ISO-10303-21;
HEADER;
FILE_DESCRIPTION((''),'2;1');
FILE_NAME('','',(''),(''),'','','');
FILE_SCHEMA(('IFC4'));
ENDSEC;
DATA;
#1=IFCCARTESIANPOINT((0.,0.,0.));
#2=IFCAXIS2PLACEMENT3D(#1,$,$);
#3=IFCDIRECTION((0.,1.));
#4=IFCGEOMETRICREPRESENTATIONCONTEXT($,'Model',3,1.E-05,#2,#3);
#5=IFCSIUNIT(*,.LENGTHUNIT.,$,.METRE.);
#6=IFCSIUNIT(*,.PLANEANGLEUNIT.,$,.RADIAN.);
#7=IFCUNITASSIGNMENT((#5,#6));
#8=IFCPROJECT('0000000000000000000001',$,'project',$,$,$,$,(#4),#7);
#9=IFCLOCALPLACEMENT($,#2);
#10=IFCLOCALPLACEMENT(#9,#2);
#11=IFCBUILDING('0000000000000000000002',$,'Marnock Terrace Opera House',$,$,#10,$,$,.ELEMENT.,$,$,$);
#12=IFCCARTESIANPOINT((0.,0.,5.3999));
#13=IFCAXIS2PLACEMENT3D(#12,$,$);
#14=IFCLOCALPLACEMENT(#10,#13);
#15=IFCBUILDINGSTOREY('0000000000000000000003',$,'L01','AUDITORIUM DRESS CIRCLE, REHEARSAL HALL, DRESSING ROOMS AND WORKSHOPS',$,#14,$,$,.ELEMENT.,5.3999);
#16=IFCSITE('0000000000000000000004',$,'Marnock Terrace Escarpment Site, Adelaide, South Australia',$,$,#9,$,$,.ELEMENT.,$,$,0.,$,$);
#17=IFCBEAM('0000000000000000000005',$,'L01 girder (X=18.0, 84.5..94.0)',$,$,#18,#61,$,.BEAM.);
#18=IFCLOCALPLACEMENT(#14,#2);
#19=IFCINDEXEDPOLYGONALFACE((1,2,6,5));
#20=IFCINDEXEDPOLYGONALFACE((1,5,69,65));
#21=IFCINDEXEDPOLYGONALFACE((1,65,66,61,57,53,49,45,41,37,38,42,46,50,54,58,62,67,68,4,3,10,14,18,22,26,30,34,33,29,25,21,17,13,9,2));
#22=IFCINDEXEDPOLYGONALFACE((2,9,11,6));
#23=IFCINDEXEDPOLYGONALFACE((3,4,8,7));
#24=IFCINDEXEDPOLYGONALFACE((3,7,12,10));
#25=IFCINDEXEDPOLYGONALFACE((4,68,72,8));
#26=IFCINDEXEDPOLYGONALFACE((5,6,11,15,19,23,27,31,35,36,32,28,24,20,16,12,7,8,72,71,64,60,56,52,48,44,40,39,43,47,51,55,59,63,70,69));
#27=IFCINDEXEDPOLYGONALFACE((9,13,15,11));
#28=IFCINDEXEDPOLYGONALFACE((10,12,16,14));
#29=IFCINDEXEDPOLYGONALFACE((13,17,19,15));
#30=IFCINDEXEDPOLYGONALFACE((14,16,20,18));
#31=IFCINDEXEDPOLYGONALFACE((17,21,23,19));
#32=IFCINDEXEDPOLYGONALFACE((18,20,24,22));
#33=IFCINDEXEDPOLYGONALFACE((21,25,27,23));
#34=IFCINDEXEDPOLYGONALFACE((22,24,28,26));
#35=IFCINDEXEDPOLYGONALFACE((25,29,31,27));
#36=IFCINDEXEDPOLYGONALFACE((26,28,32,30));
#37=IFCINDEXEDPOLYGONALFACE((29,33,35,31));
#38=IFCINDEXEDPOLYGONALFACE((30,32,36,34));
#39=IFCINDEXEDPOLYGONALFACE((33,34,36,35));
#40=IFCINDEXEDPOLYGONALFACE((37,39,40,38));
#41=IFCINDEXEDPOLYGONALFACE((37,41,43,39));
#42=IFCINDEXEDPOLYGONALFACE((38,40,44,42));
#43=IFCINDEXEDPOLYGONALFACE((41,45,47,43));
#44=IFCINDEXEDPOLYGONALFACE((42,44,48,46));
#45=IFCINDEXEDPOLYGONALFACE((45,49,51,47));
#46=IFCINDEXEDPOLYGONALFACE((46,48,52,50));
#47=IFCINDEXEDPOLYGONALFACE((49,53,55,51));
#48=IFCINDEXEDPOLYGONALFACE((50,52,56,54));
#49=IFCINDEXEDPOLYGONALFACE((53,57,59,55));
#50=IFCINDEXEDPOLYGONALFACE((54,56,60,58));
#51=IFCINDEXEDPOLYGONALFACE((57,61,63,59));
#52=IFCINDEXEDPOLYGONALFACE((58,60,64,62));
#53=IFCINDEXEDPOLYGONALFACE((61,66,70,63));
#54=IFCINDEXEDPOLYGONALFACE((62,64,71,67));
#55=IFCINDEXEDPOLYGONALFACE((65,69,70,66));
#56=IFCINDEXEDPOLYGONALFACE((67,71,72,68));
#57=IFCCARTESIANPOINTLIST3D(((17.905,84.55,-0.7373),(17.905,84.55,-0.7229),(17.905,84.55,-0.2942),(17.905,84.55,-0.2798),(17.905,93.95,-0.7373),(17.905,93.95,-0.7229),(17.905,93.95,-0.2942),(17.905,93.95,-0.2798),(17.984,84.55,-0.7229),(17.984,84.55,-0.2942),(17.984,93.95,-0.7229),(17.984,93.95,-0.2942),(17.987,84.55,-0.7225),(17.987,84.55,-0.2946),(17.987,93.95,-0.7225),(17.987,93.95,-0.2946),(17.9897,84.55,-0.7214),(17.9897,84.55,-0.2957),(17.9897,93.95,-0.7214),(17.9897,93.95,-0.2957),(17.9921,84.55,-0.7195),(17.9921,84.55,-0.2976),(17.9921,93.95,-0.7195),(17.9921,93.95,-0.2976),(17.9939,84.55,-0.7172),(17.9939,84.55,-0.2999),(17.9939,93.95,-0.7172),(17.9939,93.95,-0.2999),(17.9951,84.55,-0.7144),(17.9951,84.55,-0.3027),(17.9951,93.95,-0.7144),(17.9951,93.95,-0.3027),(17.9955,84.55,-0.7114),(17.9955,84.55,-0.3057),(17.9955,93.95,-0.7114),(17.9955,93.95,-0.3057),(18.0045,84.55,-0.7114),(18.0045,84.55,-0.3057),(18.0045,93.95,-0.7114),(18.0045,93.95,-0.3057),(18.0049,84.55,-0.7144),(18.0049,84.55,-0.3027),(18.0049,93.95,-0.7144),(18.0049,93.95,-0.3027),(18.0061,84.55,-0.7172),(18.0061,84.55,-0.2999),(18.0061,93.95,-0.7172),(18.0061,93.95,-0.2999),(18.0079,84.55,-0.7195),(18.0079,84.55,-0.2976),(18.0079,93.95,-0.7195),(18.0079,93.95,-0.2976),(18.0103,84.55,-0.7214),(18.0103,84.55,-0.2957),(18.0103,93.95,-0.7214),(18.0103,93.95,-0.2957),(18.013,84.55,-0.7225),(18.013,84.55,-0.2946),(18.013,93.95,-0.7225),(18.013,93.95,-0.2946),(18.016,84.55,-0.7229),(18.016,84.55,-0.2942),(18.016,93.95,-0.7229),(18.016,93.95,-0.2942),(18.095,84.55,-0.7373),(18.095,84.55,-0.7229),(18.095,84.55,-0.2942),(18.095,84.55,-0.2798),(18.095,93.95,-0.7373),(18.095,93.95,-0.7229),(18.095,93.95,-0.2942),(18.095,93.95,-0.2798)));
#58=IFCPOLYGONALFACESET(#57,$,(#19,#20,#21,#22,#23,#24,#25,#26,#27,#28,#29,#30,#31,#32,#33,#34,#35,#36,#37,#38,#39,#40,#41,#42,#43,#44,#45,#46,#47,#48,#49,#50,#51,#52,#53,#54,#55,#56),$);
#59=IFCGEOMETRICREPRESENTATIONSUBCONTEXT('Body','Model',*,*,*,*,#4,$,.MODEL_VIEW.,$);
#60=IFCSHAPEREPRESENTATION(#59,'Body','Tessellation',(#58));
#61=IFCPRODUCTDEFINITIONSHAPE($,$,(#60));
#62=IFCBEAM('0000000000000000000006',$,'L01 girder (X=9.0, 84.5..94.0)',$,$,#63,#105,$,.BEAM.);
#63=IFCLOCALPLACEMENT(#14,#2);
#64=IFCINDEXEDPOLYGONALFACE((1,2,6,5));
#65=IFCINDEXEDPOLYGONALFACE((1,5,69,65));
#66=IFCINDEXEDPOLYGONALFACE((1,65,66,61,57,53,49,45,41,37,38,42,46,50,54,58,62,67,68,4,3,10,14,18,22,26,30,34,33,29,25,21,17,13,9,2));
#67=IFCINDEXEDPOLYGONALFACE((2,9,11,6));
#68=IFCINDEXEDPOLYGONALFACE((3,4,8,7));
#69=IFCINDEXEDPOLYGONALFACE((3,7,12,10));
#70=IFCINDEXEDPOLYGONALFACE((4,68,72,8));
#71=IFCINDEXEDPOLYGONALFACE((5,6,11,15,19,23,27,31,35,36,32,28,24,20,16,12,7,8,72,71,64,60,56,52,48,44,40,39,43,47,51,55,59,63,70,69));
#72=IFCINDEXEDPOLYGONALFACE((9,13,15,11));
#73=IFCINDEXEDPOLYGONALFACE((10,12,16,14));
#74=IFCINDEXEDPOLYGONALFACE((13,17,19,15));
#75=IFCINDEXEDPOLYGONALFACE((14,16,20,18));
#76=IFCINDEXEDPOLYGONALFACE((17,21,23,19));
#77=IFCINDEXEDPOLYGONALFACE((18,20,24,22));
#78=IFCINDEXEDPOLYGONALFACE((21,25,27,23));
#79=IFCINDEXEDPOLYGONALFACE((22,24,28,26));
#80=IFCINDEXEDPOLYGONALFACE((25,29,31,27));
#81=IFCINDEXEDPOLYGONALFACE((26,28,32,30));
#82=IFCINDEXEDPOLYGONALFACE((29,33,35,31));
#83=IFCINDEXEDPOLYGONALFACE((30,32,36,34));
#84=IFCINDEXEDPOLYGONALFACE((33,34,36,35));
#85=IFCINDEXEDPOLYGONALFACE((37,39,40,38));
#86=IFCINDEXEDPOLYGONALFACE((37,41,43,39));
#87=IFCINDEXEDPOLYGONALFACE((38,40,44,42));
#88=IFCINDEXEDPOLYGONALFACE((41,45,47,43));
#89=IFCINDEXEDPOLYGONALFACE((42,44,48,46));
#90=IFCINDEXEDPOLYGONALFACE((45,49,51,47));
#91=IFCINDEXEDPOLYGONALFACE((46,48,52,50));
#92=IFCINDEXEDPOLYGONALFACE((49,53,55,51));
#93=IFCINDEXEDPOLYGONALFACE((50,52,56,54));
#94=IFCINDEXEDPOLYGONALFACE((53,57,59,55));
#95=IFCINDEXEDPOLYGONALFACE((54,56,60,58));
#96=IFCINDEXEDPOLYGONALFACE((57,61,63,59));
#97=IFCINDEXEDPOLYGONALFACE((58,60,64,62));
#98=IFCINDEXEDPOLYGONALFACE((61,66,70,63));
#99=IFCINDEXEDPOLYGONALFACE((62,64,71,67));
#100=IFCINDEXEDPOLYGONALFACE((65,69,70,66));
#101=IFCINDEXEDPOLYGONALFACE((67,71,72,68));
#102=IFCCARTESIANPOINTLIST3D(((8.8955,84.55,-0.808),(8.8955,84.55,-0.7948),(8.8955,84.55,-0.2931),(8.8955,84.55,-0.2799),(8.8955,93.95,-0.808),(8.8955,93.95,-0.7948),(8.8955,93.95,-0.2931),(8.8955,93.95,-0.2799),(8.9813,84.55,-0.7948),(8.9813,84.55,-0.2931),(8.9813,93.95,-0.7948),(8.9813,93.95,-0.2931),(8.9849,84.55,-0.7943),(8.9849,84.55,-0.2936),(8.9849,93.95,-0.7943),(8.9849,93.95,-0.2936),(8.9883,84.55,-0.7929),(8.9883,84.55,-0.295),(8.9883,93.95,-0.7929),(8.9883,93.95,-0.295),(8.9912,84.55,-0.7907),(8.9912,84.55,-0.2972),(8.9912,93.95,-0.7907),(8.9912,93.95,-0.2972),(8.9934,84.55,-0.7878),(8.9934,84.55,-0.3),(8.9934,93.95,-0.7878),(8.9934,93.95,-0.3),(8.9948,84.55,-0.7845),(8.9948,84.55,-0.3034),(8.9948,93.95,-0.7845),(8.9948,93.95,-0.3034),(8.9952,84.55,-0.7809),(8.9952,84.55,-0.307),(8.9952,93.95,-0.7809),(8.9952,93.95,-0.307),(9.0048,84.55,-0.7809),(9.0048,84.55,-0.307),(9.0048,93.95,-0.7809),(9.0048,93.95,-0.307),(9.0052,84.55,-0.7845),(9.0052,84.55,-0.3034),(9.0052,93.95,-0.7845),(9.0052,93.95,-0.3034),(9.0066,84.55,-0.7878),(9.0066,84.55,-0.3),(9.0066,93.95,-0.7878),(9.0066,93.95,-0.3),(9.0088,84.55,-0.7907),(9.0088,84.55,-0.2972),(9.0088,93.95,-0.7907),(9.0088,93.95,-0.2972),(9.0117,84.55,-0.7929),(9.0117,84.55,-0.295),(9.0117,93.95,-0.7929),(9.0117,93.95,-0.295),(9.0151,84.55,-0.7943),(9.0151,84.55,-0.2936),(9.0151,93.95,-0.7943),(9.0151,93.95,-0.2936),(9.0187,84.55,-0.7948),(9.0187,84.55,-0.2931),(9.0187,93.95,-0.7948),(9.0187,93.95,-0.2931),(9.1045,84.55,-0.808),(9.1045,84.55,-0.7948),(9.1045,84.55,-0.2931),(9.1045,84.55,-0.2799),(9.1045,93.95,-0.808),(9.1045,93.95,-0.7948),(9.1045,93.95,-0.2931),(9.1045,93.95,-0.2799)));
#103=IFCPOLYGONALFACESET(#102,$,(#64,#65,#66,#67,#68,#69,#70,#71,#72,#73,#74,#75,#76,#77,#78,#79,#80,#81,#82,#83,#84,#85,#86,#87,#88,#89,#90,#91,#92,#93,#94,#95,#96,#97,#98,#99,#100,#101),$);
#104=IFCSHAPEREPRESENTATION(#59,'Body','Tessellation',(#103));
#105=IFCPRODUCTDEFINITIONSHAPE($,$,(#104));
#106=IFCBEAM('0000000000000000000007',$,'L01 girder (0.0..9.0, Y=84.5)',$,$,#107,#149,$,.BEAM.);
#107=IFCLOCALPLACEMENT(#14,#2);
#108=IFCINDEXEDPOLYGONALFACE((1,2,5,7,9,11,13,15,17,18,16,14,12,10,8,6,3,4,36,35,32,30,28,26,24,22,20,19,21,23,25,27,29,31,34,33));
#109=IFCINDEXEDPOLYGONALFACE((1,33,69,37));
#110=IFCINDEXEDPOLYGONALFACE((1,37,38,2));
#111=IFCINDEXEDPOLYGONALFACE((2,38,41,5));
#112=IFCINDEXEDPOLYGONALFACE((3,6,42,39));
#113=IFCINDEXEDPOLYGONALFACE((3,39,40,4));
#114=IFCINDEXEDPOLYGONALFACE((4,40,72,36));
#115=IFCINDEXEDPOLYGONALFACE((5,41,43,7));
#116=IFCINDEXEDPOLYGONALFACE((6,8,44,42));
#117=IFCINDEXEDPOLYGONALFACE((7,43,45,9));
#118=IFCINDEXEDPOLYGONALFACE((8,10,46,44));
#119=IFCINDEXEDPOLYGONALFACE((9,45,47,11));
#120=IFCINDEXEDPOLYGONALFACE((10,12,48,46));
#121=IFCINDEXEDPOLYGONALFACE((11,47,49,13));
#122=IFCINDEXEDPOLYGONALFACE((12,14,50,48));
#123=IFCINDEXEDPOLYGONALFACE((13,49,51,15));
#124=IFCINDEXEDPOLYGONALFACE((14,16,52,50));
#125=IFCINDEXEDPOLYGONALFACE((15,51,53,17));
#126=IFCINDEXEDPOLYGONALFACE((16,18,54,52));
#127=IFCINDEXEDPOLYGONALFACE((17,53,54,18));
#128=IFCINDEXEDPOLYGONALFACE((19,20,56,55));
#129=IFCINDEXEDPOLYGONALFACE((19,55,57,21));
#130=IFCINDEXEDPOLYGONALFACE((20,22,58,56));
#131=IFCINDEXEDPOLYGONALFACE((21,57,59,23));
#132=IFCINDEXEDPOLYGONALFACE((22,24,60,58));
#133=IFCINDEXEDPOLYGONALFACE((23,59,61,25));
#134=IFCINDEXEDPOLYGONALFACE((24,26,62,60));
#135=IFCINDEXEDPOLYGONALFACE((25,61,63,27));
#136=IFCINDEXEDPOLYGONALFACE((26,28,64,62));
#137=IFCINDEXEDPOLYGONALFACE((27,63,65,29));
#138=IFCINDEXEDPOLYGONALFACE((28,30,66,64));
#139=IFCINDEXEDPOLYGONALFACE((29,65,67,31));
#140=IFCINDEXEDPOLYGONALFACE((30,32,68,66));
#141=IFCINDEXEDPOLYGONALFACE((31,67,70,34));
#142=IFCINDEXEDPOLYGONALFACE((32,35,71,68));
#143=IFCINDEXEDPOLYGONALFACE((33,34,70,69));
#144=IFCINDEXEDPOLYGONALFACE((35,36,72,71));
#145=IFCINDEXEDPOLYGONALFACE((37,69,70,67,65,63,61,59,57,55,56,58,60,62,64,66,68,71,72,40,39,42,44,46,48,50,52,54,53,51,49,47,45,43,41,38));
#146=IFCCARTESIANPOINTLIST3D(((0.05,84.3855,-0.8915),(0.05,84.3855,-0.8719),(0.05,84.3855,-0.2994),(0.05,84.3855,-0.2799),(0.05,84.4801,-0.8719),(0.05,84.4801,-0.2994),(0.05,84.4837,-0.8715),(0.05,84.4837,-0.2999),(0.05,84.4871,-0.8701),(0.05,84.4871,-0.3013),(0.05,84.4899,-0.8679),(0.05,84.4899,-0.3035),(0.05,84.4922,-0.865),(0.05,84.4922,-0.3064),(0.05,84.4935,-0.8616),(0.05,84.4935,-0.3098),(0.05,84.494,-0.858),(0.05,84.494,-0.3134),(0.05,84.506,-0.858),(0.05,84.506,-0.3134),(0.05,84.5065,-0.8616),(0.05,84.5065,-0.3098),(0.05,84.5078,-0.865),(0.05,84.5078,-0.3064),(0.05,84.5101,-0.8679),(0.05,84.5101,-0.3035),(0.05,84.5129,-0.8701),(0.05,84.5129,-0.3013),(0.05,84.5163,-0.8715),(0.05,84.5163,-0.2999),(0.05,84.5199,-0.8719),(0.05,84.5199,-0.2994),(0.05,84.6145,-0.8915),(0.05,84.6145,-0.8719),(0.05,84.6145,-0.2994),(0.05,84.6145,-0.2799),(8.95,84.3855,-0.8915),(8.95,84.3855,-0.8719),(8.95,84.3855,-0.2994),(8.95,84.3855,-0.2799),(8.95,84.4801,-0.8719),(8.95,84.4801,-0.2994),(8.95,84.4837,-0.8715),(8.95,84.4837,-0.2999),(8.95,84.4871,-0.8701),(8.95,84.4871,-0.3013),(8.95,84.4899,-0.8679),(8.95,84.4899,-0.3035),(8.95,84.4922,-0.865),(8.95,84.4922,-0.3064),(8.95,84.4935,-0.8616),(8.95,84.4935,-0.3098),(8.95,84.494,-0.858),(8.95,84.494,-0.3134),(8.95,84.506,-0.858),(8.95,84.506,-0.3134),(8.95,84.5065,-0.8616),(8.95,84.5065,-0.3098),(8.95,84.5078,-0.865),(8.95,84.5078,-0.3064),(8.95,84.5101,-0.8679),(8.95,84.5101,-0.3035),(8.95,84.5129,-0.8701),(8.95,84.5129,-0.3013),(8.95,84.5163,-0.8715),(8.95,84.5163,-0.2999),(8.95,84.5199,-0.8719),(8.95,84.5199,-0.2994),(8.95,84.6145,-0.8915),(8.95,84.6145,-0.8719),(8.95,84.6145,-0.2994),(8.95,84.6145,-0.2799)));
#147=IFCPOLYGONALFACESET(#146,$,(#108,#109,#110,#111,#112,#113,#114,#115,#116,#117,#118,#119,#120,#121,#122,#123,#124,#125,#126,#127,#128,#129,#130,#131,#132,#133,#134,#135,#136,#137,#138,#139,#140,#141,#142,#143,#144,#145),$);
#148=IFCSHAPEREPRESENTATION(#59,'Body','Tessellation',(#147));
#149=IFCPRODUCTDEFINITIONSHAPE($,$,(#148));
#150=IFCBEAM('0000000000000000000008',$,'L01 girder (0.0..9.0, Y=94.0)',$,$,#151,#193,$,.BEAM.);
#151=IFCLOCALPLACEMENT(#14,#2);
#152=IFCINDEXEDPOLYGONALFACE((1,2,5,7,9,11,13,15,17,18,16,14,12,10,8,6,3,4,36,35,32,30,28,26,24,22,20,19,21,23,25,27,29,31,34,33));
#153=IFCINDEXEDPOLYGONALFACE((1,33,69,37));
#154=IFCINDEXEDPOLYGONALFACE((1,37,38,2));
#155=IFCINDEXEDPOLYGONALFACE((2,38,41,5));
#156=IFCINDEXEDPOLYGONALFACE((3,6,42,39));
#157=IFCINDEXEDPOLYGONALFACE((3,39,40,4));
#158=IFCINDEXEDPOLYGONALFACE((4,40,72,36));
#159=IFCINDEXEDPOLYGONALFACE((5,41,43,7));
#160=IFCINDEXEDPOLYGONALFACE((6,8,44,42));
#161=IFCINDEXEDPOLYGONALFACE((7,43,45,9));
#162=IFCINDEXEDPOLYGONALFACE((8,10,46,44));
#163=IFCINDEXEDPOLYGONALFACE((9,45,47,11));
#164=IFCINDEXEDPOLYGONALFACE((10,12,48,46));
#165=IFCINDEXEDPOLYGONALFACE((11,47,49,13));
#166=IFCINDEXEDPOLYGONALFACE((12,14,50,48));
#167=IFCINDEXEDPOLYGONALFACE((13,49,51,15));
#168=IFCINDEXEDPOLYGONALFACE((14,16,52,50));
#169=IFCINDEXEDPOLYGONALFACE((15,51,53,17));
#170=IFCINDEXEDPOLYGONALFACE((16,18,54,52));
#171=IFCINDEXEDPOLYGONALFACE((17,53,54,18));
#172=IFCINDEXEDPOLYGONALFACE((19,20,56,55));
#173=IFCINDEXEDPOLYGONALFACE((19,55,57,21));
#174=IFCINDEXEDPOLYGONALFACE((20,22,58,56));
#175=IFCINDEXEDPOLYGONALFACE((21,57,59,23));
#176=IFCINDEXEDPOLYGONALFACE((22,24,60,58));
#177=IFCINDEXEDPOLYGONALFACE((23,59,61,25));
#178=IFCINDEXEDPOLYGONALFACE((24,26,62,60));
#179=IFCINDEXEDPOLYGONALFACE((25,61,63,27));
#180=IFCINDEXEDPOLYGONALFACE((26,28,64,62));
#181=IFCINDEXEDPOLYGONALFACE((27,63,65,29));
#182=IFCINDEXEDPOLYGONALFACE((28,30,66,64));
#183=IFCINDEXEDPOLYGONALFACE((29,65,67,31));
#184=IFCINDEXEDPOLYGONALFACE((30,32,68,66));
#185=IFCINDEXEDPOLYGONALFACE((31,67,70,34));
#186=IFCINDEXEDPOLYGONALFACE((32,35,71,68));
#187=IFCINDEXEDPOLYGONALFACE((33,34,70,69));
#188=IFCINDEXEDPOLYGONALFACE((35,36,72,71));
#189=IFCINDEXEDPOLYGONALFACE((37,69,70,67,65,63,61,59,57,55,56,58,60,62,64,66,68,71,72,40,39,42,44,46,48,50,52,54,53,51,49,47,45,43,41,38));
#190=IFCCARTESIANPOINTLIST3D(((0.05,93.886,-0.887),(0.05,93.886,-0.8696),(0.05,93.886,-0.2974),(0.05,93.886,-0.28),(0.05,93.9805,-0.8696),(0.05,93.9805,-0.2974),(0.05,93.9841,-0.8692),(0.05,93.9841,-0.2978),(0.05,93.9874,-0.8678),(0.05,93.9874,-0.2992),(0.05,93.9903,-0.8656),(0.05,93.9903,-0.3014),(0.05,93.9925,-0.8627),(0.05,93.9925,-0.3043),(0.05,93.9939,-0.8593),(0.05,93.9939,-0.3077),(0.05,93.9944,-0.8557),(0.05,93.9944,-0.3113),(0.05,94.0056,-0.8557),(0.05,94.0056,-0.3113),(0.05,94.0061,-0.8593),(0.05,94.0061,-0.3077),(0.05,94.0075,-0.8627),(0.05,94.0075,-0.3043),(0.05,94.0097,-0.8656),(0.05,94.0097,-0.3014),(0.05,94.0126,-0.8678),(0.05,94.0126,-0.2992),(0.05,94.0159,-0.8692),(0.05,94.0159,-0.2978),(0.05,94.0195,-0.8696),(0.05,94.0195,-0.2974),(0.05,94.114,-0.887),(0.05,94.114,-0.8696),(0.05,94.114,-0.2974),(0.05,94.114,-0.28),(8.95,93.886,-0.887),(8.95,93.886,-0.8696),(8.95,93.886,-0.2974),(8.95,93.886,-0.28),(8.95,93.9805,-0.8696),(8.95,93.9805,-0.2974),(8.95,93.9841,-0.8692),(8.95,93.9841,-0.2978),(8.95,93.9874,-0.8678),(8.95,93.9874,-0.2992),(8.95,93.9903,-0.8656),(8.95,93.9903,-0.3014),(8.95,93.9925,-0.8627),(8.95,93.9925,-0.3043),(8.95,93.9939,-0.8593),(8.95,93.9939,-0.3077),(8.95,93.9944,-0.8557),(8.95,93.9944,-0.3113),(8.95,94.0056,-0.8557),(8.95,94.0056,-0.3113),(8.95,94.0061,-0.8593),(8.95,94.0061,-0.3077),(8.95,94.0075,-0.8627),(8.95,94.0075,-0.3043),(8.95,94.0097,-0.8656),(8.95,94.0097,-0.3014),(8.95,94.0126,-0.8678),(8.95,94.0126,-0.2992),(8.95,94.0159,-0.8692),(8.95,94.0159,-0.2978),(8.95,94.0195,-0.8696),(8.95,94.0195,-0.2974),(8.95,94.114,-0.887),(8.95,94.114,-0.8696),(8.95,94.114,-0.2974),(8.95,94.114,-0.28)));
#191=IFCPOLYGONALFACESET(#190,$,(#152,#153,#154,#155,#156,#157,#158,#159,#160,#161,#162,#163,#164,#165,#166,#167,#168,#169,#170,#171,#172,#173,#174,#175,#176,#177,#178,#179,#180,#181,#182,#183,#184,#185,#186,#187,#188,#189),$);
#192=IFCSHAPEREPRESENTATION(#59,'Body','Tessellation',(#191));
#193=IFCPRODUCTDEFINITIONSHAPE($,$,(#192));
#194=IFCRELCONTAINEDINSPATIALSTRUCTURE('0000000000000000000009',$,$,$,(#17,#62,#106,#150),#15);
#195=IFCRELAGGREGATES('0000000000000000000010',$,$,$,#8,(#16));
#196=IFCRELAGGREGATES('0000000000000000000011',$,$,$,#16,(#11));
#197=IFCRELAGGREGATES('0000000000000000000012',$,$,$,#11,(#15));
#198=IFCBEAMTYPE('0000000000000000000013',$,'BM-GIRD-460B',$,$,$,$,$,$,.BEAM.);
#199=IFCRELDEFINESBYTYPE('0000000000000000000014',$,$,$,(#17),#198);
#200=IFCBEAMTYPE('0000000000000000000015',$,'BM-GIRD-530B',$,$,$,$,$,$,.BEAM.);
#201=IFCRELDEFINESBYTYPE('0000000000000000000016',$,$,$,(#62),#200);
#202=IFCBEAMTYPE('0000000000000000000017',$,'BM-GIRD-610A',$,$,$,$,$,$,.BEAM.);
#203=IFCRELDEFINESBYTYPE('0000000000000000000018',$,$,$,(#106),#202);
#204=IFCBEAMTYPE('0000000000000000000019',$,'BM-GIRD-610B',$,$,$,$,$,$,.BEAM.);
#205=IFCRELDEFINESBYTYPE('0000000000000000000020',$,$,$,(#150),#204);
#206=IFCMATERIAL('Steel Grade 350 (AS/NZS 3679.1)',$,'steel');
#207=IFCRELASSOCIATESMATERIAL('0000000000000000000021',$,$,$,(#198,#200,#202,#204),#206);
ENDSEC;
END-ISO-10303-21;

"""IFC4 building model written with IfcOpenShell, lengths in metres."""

from ifc_helpers import new_model, si_unit, direction, frame, origin, origin_2d, place, context, subcontext, project, spatial, i_section, extrude, material, material_profile, profile_set, type_object, element, save


model = new_model("IFC4")

# Units and contexts
model_context = context("Model", 3, precision=1e-05, world=origin(), true_north=direction((0.0, 1.0)))
body_context = subcontext(model_context, "Body", "Model", "MODEL_VIEW")
ifc_project = project(units=[si_unit("LENGTHUNIT", "METRE"), si_unit("PLANEANGLEUNIT", "RADIAN")], contexts=[model_context])

# Site, building, storey
site_placement = place(None, origin())
site = spatial("IfcSite", under=ifc_project, at=site_placement, Name="Marnock Terrace Escarpment Site, Adelaide, South Australia", CompositionType="ELEMENT", RefElevation=0.0)
building_placement = place(site_placement, origin())
building = spatial("IfcBuilding", under=site, at=building_placement, Name="Marnock Terrace Opera House", CompositionType="ELEMENT")
storey_placement = place(building_placement, frame((0.0, 0.0, 5.3999)))
storey = spatial("IfcBuildingStorey", under=building, at=storey_placement, Name="L01", Description="AUDITORIUM DRESS CIRCLE, REHEARSAL HALL, DRESSING ROOMS AND WORKSHOPS", CompositionType="ELEMENT", Elevation=5.3999)

# Shared definitions
ifc_material_1 = material(Name="Steel Grade 350 (AS/NZS 3679.1)", Category="steel")

# Beams
ifc_material_profile_1 = material_profile(ifc_material_1, i_section(OverallWidth=0.1899, OverallDepth=0.4575, WebThickness=0.009, FlangeThickness=0.0144, FilletRadius=0.0115, at=origin_2d()))
ifc_profile_set_1 = profile_set([ifc_material_profile_1], Name="Steel Grade 350 (AS/NZS 3679.1)")
beam_type_1 = type_object("IfcBeamType", Name="BM-GIRD-460B", PredefinedType="BEAM", material=ifc_profile_set_1)
beam_1_placement = place(storey_placement, frame((18.0, 84.55, -0.5085), z_axis=(0.0, 1.0, 0.0), x_axis=(-1.0, 0.0, 0.0)))
element("IfcBeam", 1, at=beam_1_placement, inside=storey, type_object=beam_type_1, Name="L01 girder (X=18.0, 84.5..94.0)", PredefinedType="BEAM", context=body_context, shape_type="SweptSolid", body=[
    extrude(i_section(OverallWidth=0.1899, OverallDepth=0.4575, WebThickness=0.009, FlangeThickness=0.0144, FilletRadius=0.0115, at=origin_2d()), origin(), (0.0, 0.0, 1.0), 9.3999),
])
ifc_material_profile_2 = material_profile(ifc_material_1, i_section(OverallWidth=0.209, OverallDepth=0.5281, WebThickness=0.0095, FlangeThickness=0.0132, FilletRadius=0.0139, at=origin_2d()))
ifc_profile_set_2 = profile_set([ifc_material_profile_2], Name="Steel Grade 350 (AS/NZS 3679.1)")
beam_type_2 = type_object("IfcBeamType", Name="BM-GIRD-530B", PredefinedType="BEAM", material=ifc_profile_set_2)
beam_2_placement = place(storey_placement, frame((9.0, 84.55, -0.5439), z_axis=(0.0, 1.0, 0.0), x_axis=(-1.0, 0.0, 0.0)))
element("IfcBeam", 2, at=beam_2_placement, inside=storey, type_object=beam_type_2, Name="L01 girder (X=9.0, 84.5..94.0)", PredefinedType="BEAM", context=body_context, shape_type="SweptSolid", body=[
    extrude(i_section(OverallWidth=0.209, OverallDepth=0.5281, WebThickness=0.0095, FlangeThickness=0.0132, FilletRadius=0.0139, at=origin_2d()), origin(), (0.0, 0.0, 1.0), 9.3999),
])
ifc_material_profile_3 = material_profile(ifc_material_1, i_section(OverallWidth=0.229, OverallDepth=0.6116, WebThickness=0.012, FlangeThickness=0.0195, FilletRadius=0.0139, at=origin_2d()))
ifc_profile_set_3 = profile_set([ifc_material_profile_3], Name="Steel Grade 350 (AS/NZS 3679.1)")
beam_type_3 = type_object("IfcBeamType", Name="BM-GIRD-610A", PredefinedType="BEAM", material=ifc_profile_set_3)
beam_3_placement = place(storey_placement, frame((0.05, 84.5, -0.5857), z_axis=(1.0, 0.0, 0.0), x_axis=(0.0, 1.0, 0.0)))
element("IfcBeam", 3, at=beam_3_placement, inside=storey, type_object=beam_type_3, Name="L01 girder (0.0..9.0, Y=84.5)", PredefinedType="BEAM", context=body_context, shape_type="SweptSolid", body=[
    extrude(i_section(OverallWidth=0.229, OverallDepth=0.6116, WebThickness=0.012, FlangeThickness=0.0195, FilletRadius=0.0139, at=origin_2d()), origin(), (0.0, 0.0, 1.0), 8.8999),
])
ifc_material_profile_4 = material_profile(ifc_material_1, i_section(OverallWidth=0.228, OverallDepth=0.6069, WebThickness=0.0112, FlangeThickness=0.0173, FilletRadius=0.0139, at=origin_2d()))
ifc_profile_set_4 = profile_set([ifc_material_profile_4], Name="Steel Grade 350 (AS/NZS 3679.1)")
beam_type_4 = type_object("IfcBeamType", Name="BM-GIRD-610B", PredefinedType="BEAM", material=ifc_profile_set_4)
beam_4_placement = place(storey_placement, frame((0.05, 94.0, -0.5835), z_axis=(1.0, 0.0, 0.0), x_axis=(0.0, 1.0, 0.0)))
element("IfcBeam", 4, at=beam_4_placement, inside=storey, type_object=beam_type_4, Name="L01 girder (0.0..9.0, Y=94.0)", PredefinedType="BEAM", context=body_context, shape_type="SweptSolid", body=[
    extrude(i_section(OverallWidth=0.228, OverallDepth=0.6069, WebThickness=0.0112, FlangeThickness=0.0173, FilletRadius=0.0139, at=origin_2d()), origin(), (0.0, 0.0, 1.0), 8.8999),
])

save(model, "model.ifc")
